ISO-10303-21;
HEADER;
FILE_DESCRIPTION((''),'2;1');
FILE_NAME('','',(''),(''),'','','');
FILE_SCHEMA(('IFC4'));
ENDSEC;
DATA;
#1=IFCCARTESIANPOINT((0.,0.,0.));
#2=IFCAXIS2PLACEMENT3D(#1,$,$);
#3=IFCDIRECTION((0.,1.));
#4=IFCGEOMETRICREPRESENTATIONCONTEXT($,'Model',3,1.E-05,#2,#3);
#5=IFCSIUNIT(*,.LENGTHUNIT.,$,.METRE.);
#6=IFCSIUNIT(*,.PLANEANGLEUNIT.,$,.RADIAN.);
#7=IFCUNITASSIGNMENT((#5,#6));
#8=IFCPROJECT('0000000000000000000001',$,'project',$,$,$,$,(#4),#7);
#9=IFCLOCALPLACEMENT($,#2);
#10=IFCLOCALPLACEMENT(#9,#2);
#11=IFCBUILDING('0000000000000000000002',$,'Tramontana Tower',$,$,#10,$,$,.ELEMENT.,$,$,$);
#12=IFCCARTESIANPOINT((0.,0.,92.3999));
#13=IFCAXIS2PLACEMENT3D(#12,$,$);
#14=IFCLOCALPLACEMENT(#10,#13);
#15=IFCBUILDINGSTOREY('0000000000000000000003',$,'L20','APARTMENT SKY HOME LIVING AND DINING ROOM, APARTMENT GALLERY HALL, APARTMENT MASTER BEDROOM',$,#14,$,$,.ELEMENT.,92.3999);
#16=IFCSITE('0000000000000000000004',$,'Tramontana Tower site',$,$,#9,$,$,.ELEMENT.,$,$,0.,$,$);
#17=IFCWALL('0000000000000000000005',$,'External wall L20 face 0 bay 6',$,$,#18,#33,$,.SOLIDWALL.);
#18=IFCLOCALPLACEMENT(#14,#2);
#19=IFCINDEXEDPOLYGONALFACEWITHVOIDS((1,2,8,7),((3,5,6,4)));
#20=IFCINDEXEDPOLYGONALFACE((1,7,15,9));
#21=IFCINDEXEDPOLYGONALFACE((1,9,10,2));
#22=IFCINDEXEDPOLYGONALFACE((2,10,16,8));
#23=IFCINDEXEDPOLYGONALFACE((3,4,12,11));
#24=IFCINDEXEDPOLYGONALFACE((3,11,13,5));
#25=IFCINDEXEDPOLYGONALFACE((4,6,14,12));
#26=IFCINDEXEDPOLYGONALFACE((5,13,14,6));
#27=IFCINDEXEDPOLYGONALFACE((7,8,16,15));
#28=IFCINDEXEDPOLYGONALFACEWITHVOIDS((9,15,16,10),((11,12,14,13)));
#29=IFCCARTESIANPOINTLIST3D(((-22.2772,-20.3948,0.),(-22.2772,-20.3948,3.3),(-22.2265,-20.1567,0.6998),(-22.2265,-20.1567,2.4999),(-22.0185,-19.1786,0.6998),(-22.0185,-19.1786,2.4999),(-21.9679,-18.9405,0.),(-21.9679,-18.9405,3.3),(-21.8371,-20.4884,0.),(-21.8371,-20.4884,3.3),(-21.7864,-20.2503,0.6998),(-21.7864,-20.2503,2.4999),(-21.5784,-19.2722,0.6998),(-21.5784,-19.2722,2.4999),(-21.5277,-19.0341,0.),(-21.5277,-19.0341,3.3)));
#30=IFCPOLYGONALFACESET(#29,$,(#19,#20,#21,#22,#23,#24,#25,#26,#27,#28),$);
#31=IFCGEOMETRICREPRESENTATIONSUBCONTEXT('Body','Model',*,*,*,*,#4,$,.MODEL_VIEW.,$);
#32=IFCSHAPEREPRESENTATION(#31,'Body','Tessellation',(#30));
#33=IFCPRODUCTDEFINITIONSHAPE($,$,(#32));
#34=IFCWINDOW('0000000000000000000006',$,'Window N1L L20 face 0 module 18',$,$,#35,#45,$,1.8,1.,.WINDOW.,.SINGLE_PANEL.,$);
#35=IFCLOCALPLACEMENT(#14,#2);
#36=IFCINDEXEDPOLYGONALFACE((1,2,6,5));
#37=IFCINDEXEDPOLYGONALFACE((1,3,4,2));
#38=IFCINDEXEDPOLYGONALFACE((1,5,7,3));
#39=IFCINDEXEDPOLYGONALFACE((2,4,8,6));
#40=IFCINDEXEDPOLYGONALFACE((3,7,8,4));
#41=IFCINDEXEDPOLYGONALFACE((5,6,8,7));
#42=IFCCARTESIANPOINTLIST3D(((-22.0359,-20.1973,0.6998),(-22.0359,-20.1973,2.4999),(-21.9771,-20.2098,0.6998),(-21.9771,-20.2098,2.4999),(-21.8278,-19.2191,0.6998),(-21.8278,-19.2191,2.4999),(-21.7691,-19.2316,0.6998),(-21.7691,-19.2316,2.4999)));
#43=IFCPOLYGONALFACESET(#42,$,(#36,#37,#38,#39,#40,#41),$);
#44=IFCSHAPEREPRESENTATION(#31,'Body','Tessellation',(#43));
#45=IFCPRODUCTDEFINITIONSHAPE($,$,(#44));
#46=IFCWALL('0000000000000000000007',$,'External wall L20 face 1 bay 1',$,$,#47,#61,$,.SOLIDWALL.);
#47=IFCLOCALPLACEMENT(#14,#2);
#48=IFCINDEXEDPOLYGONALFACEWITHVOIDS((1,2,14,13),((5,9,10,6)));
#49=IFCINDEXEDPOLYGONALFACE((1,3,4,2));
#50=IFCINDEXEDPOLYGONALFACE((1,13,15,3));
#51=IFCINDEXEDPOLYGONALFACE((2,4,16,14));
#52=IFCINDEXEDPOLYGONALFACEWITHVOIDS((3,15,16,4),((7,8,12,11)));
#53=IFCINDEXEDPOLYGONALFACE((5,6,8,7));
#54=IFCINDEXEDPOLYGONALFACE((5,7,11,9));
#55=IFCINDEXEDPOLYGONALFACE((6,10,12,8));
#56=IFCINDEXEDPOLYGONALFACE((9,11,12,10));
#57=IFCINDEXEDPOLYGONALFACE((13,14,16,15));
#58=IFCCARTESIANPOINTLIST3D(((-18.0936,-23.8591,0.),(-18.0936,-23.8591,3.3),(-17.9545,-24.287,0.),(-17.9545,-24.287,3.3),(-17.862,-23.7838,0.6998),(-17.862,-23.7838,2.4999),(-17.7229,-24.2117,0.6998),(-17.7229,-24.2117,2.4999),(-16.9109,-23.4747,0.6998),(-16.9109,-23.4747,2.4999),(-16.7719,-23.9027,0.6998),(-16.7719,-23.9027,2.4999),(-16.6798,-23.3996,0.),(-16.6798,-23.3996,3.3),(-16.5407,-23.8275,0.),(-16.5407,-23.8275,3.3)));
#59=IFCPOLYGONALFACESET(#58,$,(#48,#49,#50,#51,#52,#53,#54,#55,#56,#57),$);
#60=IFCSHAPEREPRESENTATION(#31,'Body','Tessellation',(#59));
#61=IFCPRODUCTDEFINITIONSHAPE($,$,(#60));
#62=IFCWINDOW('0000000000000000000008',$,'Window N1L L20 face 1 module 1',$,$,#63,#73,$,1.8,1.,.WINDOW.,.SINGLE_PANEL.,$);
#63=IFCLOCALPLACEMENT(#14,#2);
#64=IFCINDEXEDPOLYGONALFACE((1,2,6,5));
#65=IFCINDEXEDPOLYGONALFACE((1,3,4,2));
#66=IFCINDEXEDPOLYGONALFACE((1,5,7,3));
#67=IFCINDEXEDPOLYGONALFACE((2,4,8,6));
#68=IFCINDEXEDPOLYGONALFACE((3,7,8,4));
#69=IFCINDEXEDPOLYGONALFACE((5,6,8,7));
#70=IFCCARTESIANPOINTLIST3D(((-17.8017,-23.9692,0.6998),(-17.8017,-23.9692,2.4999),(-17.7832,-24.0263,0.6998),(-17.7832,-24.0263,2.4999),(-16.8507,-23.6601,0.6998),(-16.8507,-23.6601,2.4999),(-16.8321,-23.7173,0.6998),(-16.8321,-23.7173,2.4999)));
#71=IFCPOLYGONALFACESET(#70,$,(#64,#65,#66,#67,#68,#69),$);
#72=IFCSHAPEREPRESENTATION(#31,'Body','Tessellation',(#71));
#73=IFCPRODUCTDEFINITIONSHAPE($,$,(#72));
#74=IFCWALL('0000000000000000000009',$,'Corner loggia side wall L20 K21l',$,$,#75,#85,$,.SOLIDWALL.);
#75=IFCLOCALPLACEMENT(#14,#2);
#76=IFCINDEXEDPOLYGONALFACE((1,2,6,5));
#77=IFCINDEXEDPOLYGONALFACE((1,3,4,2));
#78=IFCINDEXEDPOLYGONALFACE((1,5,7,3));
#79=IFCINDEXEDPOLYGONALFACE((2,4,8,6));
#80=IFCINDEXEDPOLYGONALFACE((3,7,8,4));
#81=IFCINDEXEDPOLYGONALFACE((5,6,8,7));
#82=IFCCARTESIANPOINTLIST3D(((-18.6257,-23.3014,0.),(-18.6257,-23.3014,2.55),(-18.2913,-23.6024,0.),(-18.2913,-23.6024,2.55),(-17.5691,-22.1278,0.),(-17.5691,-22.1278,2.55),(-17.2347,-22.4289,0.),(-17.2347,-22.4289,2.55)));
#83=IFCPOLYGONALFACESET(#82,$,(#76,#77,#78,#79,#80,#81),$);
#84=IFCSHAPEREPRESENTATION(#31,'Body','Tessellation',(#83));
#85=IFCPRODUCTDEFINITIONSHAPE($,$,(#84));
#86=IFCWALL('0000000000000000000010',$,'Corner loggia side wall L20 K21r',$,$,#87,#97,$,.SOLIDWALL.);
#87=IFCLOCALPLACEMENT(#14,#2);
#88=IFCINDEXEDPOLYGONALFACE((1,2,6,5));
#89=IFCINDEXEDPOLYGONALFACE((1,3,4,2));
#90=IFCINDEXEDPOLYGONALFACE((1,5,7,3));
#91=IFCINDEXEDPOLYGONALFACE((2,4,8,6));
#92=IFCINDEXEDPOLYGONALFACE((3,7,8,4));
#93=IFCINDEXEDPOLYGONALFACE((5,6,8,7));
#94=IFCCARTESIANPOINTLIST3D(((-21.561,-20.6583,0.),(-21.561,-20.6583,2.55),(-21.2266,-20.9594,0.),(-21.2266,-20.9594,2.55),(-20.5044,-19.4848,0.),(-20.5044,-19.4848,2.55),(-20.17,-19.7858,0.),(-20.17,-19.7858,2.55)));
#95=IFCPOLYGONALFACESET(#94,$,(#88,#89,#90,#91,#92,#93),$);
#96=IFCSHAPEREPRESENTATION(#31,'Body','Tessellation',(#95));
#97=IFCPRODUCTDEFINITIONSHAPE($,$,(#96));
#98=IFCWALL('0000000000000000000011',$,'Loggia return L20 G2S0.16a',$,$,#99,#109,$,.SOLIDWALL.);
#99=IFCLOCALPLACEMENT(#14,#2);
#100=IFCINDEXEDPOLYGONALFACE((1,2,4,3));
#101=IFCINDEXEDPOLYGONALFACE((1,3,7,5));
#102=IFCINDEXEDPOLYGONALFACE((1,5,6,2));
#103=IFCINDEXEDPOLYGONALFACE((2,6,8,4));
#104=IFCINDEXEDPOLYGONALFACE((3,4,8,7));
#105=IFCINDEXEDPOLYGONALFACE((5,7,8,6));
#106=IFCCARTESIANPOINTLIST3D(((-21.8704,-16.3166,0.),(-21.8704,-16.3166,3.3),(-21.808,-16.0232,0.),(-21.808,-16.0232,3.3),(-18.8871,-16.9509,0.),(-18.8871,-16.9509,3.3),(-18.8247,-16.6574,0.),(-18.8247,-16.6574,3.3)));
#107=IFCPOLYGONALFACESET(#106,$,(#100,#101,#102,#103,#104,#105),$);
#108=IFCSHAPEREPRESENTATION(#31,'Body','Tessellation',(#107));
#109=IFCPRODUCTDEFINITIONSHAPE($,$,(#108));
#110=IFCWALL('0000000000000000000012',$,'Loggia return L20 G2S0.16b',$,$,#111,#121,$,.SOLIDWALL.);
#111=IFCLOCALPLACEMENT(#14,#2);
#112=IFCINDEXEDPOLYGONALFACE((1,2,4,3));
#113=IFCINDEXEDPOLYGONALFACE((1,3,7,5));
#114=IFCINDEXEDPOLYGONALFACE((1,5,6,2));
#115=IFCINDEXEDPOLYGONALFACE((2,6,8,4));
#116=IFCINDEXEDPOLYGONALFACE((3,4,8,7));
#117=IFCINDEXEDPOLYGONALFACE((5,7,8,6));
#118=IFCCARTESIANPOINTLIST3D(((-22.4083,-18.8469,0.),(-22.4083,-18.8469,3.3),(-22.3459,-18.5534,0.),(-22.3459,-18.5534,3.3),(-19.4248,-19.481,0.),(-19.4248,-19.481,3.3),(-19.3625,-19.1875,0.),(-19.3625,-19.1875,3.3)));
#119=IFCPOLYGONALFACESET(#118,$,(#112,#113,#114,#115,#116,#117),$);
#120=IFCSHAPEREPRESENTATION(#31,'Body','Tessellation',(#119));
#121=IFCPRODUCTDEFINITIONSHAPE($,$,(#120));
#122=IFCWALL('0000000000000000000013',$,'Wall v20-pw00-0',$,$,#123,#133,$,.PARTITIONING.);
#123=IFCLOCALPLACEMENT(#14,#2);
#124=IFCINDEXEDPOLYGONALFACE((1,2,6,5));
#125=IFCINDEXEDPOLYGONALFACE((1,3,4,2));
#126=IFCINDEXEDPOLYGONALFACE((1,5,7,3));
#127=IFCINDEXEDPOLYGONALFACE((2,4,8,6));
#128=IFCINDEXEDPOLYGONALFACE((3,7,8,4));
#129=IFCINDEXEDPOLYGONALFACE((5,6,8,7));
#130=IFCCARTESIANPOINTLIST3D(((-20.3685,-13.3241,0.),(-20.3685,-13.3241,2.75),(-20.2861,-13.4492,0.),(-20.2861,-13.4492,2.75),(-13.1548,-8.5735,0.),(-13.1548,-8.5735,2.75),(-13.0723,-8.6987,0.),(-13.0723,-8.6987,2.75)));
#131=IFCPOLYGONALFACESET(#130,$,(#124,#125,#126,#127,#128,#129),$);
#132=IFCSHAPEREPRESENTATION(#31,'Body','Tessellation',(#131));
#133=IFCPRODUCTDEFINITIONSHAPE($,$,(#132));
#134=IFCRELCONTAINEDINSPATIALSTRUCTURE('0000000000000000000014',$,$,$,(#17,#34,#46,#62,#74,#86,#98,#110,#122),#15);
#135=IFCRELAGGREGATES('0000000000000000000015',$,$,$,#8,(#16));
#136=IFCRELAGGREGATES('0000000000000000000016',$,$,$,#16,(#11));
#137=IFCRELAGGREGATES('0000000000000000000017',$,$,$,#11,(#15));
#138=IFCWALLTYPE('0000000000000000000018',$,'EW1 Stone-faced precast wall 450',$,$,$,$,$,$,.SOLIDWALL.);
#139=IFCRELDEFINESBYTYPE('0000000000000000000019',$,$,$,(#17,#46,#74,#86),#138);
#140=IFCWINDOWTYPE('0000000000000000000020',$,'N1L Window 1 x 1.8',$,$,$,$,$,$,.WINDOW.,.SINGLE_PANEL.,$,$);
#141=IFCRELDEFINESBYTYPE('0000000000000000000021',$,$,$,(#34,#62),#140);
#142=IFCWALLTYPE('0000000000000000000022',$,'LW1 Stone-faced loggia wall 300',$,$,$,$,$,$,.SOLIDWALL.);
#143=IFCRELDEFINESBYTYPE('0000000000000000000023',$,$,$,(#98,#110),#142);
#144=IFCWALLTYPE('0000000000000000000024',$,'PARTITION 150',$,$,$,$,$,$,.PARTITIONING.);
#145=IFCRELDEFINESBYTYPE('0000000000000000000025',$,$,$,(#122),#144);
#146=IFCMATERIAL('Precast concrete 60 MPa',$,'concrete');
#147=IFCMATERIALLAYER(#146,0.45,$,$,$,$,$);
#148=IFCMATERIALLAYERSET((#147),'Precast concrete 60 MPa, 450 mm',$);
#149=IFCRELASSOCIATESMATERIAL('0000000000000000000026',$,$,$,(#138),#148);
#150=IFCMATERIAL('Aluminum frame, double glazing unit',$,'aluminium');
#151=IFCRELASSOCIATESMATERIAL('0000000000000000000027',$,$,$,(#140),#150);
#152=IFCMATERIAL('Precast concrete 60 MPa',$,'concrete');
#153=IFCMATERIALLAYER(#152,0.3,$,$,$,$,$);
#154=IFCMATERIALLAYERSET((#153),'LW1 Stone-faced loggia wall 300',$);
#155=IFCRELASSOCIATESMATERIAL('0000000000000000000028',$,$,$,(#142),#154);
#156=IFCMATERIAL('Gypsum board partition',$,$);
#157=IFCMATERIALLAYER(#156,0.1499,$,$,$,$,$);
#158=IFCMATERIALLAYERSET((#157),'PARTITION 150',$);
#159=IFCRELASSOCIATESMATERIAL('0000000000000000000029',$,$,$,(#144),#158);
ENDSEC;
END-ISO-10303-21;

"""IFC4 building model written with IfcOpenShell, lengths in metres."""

from ifc_helpers import new_model, si_unit, direction, frame, frame_2d, origin, place, context, subcontext, project, spatial, rectangle, extrude, material, layer, layer_set, type_object, element, fill, save


model = new_model("IFC4")

# Units and contexts
model_context = context("Model", 3, precision=1e-05, world=origin(), true_north=direction((0.0, 1.0)))
body_context = subcontext(model_context, "Body", "Model", "MODEL_VIEW")
ifc_project = project(units=[si_unit("LENGTHUNIT", "METRE"), si_unit("PLANEANGLEUNIT", "RADIAN")], contexts=[model_context])

# Site, building, storey
site_placement = place(None, origin())
site = spatial("IfcSite", under=ifc_project, at=site_placement, Name="Tramontana Tower site", CompositionType="ELEMENT", RefElevation=0.0)
building_placement = place(site_placement, origin())
building = spatial("IfcBuilding", under=site, at=building_placement, Name="Tramontana Tower", CompositionType="ELEMENT")
storey_placement = place(building_placement, frame((0.0, 0.0, 92.3999)))
storey = spatial("IfcBuildingStorey", under=building, at=storey_placement, Name="L20", Description="APARTMENT SKY HOME LIVING AND DINING ROOM, APARTMENT GALLERY HALL, APARTMENT MASTER BEDROOM", CompositionType="ELEMENT", Elevation=92.3999)

# Walls, openings, windows
ifc_material_1 = material(Name="Precast concrete 60 MPa", Category="concrete")
ifc_layer_1 = layer(ifc_material_1, 0.45)
ifc_layer_set_1 = layer_set([ifc_layer_1], Name="Precast concrete 60 MPa, 450 mm")
wall_type_1 = type_object("IfcWallType", Name="EW1 Stone-faced precast wall 450", PredefinedType="SOLIDWALL", material=ifc_layer_set_1)
wall_1_placement = place(storey_placement, frame((-21.7478, -18.9873, 0.0), z_axis=(0.0, 0.0, 1.0), x_axis=(-0.208037, -0.978121, 0.0)))
wall_1 = element("IfcWall", 1, at=wall_1_placement, inside=storey, type_object=wall_type_1, Name="External wall L20 face 0 bay 6", PredefinedType="SOLIDWALL", context=body_context, shape_type="SweptSolid", body=[
    extrude(rectangle(XDim=1.4868, YDim=0.45, at=frame_2d((0.7434, 0.0))), origin(), (0.0, 0.0, 1.0), 3.3),
])
opening_1_placement = place(wall_1_placement, frame((0.2434, 0.0, 0.7)))
opening_1 = element("IfcOpeningElement", 2, at=opening_1_placement, cuts=wall_1, PredefinedType="OPENING", context=body_context, shape_type="SweptSolid", body=[
    extrude(rectangle(XDim=1.0, YDim=1.8, at=frame_2d((0.5, 0.8999))), frame((0.0, 0.2349, 0.0), z_axis=(0.0, -1.0, 0.0), x_axis=(1.0, 0.0, 0.0)), (0.0, 0.0, 1.0), 0.47),
])
ifc_material_2 = material(Name="Aluminum frame, double glazing unit", Category="aluminium")
window_type_1 = type_object("IfcWindowType", Name="N1L Window 1 x 1.8", PartitioningType="SINGLE_PANEL", PredefinedType="WINDOW", material=ifc_material_2)
window_1_placement = place(opening_1_placement, origin())
window_1 = element("IfcWindow", 3, at=window_1_placement, inside=storey, type_object=window_type_1, Name="Window N1L L20 face 0 module 18", OverallHeight=1.8, OverallWidth=1.0, PartitioningType="SINGLE_PANEL", PredefinedType="WINDOW", context=body_context, shape_type="SweptSolid", body=[
    extrude(rectangle(XDim=1.0, YDim=1.8, at=frame_2d((0.5, 0.8999))), frame((0.0, 0.03, 0.0), z_axis=(0.0, -1.0, 0.0), x_axis=(1.0, 0.0, 0.0)), (0.0, 0.0, 1.0), 0.0601),
])
fill(opening_1, window_1)
wall_2_placement = place(storey_placement, frame((-18.0239, -24.073, 0.0), z_axis=(0.0, 0.0, 1.0), x_axis=(0.951038, 0.309075, 0.0)))
wall_2 = element("IfcWall", 4, at=wall_2_placement, inside=storey, type_object=wall_type_1, Name="External wall L20 face 1 bay 1", PredefinedType="SOLIDWALL", context=body_context, shape_type="SweptSolid", body=[
    extrude(rectangle(XDim=1.4866, YDim=0.45, at=frame_2d((0.7432, 0.0))), origin(), (0.0, 0.0, 1.0), 3.3),
])
opening_2_placement = place(wall_2_placement, frame((0.2434, 0.0, 0.7)))
opening_2 = element("IfcOpeningElement", 5, at=opening_2_placement, cuts=wall_2, PredefinedType="OPENING", context=body_context, shape_type="SweptSolid", body=[
    extrude(rectangle(XDim=1.0, YDim=1.8, at=frame_2d((0.5, 0.8999))), frame((0.0, 0.2349, 0.0), z_axis=(0.0, -1.0, 0.0), x_axis=(1.0, 0.0, 0.0)), (0.0, 0.0, 1.0), 0.47),
])
window_2_placement = place(opening_2_placement, origin())
window_2 = element("IfcWindow", 6, at=window_2_placement, inside=storey, type_object=window_type_1, Name="Window N1L L20 face 1 module 1", OverallHeight=1.8, OverallWidth=1.0, PartitioningType="SINGLE_PANEL", PredefinedType="WINDOW", context=body_context, shape_type="SweptSolid", body=[
    extrude(rectangle(XDim=1.0, YDim=1.8, at=frame_2d((0.5, 0.8999))), frame((0.0, 0.03, 0.0), z_axis=(0.0, -1.0, 0.0), x_axis=(1.0, 0.0, 0.0)), (0.0, 0.0, 1.0), 0.0601),
])
fill(opening_2, window_2)

# Walls
for number, where, z_axis, x_axis, name in (
    (7, (-18.4585, -23.4519, 0.0), (0.0, 0.0, 1.0), (0.66911, 0.743163, 0.0), "Corner loggia side wall L20 K21l"),
    (8, (-21.3938, -20.8088, 0.0), (0.0, 0.0, 1.0), (0.66911, 0.743163, 0.0), "Corner loggia side wall L20 K21r"),
):
    element("IfcWall", number, at=place(storey_placement, frame(where, z_axis=z_axis, x_axis=x_axis)), inside=storey, type_object=wall_type_1, Name=name, PredefinedType="SOLIDWALL", context=body_context, shape_type="SweptSolid", body=[
        extrude(rectangle(XDim=1.5791, YDim=0.45, at=frame_2d((0.7896, 0.0))), origin(), (0.0, 0.0, 1.0), 2.55),
    ])

# Shared definitions
ifc_material_3 = material(Name="Precast concrete 60 MPa", Category="concrete")
ifc_layer_2 = layer(ifc_material_3, 0.3)
ifc_layer_set_2 = layer_set([ifc_layer_2], Name="LW1 Stone-faced loggia wall 300")
wall_type_2 = type_object("IfcWallType", Name="LW1 Stone-faced loggia wall 300", PredefinedType="SOLIDWALL", material=ifc_layer_set_2)

# Walls
for number, where, z_axis, x_axis, name in (
    (9, (-21.8391, -16.1699, 0.0), (0.0, 0.0, 1.0), (0.978139, -0.207954, 0.0), "Loggia return L20 G2S0.16a"),
    (10, (-22.377, -18.7002, 0.0), (0.0, 0.0, 1.0), (0.978155, -0.207878, 0.0), "Loggia return L20 G2S0.16b"),
):
    element("IfcWall", number, at=place(storey_placement, frame(where, z_axis=z_axis, x_axis=x_axis)), inside=storey, type_object=wall_type_2, Name=name, PredefinedType="SOLIDWALL", context=body_context, shape_type="SweptSolid", body=[
        extrude(rectangle(XDim=3.05, YDim=0.3, at=frame_2d((1.5249, 0.0))), origin(), (0.0, 0.0, 1.0), 3.3),
    ])

# Wall
ifc_material_4 = material(Name="Gypsum board partition")
ifc_layer_3 = layer(ifc_material_4, 0.1499)
ifc_layer_set_3 = layer_set([ifc_layer_3], Name="PARTITION 150")
wall_type_3 = type_object("IfcWallType", Name="PARTITION 150", PredefinedType="PARTITIONING", material=ifc_layer_set_3)
wall_3_placement = place(storey_placement, frame((-20.3274, -13.3867, 0.0), z_axis=(0.0, 0.0, 1.0), x_axis=(0.835168, 0.549995, 0.0)))
element("IfcWall", 11, at=wall_3_placement, inside=storey, type_object=wall_type_3, Name="Wall v20-pw00-0", PredefinedType="PARTITIONING", context=body_context, shape_type="SweptSolid", body=[
    extrude(rectangle(XDim=8.6375, YDim=0.1499, at=frame_2d((4.3188, 0.0))), origin(), (0.0, 0.0, 1.0), 2.75),
])

save(model, "model.ifc")
